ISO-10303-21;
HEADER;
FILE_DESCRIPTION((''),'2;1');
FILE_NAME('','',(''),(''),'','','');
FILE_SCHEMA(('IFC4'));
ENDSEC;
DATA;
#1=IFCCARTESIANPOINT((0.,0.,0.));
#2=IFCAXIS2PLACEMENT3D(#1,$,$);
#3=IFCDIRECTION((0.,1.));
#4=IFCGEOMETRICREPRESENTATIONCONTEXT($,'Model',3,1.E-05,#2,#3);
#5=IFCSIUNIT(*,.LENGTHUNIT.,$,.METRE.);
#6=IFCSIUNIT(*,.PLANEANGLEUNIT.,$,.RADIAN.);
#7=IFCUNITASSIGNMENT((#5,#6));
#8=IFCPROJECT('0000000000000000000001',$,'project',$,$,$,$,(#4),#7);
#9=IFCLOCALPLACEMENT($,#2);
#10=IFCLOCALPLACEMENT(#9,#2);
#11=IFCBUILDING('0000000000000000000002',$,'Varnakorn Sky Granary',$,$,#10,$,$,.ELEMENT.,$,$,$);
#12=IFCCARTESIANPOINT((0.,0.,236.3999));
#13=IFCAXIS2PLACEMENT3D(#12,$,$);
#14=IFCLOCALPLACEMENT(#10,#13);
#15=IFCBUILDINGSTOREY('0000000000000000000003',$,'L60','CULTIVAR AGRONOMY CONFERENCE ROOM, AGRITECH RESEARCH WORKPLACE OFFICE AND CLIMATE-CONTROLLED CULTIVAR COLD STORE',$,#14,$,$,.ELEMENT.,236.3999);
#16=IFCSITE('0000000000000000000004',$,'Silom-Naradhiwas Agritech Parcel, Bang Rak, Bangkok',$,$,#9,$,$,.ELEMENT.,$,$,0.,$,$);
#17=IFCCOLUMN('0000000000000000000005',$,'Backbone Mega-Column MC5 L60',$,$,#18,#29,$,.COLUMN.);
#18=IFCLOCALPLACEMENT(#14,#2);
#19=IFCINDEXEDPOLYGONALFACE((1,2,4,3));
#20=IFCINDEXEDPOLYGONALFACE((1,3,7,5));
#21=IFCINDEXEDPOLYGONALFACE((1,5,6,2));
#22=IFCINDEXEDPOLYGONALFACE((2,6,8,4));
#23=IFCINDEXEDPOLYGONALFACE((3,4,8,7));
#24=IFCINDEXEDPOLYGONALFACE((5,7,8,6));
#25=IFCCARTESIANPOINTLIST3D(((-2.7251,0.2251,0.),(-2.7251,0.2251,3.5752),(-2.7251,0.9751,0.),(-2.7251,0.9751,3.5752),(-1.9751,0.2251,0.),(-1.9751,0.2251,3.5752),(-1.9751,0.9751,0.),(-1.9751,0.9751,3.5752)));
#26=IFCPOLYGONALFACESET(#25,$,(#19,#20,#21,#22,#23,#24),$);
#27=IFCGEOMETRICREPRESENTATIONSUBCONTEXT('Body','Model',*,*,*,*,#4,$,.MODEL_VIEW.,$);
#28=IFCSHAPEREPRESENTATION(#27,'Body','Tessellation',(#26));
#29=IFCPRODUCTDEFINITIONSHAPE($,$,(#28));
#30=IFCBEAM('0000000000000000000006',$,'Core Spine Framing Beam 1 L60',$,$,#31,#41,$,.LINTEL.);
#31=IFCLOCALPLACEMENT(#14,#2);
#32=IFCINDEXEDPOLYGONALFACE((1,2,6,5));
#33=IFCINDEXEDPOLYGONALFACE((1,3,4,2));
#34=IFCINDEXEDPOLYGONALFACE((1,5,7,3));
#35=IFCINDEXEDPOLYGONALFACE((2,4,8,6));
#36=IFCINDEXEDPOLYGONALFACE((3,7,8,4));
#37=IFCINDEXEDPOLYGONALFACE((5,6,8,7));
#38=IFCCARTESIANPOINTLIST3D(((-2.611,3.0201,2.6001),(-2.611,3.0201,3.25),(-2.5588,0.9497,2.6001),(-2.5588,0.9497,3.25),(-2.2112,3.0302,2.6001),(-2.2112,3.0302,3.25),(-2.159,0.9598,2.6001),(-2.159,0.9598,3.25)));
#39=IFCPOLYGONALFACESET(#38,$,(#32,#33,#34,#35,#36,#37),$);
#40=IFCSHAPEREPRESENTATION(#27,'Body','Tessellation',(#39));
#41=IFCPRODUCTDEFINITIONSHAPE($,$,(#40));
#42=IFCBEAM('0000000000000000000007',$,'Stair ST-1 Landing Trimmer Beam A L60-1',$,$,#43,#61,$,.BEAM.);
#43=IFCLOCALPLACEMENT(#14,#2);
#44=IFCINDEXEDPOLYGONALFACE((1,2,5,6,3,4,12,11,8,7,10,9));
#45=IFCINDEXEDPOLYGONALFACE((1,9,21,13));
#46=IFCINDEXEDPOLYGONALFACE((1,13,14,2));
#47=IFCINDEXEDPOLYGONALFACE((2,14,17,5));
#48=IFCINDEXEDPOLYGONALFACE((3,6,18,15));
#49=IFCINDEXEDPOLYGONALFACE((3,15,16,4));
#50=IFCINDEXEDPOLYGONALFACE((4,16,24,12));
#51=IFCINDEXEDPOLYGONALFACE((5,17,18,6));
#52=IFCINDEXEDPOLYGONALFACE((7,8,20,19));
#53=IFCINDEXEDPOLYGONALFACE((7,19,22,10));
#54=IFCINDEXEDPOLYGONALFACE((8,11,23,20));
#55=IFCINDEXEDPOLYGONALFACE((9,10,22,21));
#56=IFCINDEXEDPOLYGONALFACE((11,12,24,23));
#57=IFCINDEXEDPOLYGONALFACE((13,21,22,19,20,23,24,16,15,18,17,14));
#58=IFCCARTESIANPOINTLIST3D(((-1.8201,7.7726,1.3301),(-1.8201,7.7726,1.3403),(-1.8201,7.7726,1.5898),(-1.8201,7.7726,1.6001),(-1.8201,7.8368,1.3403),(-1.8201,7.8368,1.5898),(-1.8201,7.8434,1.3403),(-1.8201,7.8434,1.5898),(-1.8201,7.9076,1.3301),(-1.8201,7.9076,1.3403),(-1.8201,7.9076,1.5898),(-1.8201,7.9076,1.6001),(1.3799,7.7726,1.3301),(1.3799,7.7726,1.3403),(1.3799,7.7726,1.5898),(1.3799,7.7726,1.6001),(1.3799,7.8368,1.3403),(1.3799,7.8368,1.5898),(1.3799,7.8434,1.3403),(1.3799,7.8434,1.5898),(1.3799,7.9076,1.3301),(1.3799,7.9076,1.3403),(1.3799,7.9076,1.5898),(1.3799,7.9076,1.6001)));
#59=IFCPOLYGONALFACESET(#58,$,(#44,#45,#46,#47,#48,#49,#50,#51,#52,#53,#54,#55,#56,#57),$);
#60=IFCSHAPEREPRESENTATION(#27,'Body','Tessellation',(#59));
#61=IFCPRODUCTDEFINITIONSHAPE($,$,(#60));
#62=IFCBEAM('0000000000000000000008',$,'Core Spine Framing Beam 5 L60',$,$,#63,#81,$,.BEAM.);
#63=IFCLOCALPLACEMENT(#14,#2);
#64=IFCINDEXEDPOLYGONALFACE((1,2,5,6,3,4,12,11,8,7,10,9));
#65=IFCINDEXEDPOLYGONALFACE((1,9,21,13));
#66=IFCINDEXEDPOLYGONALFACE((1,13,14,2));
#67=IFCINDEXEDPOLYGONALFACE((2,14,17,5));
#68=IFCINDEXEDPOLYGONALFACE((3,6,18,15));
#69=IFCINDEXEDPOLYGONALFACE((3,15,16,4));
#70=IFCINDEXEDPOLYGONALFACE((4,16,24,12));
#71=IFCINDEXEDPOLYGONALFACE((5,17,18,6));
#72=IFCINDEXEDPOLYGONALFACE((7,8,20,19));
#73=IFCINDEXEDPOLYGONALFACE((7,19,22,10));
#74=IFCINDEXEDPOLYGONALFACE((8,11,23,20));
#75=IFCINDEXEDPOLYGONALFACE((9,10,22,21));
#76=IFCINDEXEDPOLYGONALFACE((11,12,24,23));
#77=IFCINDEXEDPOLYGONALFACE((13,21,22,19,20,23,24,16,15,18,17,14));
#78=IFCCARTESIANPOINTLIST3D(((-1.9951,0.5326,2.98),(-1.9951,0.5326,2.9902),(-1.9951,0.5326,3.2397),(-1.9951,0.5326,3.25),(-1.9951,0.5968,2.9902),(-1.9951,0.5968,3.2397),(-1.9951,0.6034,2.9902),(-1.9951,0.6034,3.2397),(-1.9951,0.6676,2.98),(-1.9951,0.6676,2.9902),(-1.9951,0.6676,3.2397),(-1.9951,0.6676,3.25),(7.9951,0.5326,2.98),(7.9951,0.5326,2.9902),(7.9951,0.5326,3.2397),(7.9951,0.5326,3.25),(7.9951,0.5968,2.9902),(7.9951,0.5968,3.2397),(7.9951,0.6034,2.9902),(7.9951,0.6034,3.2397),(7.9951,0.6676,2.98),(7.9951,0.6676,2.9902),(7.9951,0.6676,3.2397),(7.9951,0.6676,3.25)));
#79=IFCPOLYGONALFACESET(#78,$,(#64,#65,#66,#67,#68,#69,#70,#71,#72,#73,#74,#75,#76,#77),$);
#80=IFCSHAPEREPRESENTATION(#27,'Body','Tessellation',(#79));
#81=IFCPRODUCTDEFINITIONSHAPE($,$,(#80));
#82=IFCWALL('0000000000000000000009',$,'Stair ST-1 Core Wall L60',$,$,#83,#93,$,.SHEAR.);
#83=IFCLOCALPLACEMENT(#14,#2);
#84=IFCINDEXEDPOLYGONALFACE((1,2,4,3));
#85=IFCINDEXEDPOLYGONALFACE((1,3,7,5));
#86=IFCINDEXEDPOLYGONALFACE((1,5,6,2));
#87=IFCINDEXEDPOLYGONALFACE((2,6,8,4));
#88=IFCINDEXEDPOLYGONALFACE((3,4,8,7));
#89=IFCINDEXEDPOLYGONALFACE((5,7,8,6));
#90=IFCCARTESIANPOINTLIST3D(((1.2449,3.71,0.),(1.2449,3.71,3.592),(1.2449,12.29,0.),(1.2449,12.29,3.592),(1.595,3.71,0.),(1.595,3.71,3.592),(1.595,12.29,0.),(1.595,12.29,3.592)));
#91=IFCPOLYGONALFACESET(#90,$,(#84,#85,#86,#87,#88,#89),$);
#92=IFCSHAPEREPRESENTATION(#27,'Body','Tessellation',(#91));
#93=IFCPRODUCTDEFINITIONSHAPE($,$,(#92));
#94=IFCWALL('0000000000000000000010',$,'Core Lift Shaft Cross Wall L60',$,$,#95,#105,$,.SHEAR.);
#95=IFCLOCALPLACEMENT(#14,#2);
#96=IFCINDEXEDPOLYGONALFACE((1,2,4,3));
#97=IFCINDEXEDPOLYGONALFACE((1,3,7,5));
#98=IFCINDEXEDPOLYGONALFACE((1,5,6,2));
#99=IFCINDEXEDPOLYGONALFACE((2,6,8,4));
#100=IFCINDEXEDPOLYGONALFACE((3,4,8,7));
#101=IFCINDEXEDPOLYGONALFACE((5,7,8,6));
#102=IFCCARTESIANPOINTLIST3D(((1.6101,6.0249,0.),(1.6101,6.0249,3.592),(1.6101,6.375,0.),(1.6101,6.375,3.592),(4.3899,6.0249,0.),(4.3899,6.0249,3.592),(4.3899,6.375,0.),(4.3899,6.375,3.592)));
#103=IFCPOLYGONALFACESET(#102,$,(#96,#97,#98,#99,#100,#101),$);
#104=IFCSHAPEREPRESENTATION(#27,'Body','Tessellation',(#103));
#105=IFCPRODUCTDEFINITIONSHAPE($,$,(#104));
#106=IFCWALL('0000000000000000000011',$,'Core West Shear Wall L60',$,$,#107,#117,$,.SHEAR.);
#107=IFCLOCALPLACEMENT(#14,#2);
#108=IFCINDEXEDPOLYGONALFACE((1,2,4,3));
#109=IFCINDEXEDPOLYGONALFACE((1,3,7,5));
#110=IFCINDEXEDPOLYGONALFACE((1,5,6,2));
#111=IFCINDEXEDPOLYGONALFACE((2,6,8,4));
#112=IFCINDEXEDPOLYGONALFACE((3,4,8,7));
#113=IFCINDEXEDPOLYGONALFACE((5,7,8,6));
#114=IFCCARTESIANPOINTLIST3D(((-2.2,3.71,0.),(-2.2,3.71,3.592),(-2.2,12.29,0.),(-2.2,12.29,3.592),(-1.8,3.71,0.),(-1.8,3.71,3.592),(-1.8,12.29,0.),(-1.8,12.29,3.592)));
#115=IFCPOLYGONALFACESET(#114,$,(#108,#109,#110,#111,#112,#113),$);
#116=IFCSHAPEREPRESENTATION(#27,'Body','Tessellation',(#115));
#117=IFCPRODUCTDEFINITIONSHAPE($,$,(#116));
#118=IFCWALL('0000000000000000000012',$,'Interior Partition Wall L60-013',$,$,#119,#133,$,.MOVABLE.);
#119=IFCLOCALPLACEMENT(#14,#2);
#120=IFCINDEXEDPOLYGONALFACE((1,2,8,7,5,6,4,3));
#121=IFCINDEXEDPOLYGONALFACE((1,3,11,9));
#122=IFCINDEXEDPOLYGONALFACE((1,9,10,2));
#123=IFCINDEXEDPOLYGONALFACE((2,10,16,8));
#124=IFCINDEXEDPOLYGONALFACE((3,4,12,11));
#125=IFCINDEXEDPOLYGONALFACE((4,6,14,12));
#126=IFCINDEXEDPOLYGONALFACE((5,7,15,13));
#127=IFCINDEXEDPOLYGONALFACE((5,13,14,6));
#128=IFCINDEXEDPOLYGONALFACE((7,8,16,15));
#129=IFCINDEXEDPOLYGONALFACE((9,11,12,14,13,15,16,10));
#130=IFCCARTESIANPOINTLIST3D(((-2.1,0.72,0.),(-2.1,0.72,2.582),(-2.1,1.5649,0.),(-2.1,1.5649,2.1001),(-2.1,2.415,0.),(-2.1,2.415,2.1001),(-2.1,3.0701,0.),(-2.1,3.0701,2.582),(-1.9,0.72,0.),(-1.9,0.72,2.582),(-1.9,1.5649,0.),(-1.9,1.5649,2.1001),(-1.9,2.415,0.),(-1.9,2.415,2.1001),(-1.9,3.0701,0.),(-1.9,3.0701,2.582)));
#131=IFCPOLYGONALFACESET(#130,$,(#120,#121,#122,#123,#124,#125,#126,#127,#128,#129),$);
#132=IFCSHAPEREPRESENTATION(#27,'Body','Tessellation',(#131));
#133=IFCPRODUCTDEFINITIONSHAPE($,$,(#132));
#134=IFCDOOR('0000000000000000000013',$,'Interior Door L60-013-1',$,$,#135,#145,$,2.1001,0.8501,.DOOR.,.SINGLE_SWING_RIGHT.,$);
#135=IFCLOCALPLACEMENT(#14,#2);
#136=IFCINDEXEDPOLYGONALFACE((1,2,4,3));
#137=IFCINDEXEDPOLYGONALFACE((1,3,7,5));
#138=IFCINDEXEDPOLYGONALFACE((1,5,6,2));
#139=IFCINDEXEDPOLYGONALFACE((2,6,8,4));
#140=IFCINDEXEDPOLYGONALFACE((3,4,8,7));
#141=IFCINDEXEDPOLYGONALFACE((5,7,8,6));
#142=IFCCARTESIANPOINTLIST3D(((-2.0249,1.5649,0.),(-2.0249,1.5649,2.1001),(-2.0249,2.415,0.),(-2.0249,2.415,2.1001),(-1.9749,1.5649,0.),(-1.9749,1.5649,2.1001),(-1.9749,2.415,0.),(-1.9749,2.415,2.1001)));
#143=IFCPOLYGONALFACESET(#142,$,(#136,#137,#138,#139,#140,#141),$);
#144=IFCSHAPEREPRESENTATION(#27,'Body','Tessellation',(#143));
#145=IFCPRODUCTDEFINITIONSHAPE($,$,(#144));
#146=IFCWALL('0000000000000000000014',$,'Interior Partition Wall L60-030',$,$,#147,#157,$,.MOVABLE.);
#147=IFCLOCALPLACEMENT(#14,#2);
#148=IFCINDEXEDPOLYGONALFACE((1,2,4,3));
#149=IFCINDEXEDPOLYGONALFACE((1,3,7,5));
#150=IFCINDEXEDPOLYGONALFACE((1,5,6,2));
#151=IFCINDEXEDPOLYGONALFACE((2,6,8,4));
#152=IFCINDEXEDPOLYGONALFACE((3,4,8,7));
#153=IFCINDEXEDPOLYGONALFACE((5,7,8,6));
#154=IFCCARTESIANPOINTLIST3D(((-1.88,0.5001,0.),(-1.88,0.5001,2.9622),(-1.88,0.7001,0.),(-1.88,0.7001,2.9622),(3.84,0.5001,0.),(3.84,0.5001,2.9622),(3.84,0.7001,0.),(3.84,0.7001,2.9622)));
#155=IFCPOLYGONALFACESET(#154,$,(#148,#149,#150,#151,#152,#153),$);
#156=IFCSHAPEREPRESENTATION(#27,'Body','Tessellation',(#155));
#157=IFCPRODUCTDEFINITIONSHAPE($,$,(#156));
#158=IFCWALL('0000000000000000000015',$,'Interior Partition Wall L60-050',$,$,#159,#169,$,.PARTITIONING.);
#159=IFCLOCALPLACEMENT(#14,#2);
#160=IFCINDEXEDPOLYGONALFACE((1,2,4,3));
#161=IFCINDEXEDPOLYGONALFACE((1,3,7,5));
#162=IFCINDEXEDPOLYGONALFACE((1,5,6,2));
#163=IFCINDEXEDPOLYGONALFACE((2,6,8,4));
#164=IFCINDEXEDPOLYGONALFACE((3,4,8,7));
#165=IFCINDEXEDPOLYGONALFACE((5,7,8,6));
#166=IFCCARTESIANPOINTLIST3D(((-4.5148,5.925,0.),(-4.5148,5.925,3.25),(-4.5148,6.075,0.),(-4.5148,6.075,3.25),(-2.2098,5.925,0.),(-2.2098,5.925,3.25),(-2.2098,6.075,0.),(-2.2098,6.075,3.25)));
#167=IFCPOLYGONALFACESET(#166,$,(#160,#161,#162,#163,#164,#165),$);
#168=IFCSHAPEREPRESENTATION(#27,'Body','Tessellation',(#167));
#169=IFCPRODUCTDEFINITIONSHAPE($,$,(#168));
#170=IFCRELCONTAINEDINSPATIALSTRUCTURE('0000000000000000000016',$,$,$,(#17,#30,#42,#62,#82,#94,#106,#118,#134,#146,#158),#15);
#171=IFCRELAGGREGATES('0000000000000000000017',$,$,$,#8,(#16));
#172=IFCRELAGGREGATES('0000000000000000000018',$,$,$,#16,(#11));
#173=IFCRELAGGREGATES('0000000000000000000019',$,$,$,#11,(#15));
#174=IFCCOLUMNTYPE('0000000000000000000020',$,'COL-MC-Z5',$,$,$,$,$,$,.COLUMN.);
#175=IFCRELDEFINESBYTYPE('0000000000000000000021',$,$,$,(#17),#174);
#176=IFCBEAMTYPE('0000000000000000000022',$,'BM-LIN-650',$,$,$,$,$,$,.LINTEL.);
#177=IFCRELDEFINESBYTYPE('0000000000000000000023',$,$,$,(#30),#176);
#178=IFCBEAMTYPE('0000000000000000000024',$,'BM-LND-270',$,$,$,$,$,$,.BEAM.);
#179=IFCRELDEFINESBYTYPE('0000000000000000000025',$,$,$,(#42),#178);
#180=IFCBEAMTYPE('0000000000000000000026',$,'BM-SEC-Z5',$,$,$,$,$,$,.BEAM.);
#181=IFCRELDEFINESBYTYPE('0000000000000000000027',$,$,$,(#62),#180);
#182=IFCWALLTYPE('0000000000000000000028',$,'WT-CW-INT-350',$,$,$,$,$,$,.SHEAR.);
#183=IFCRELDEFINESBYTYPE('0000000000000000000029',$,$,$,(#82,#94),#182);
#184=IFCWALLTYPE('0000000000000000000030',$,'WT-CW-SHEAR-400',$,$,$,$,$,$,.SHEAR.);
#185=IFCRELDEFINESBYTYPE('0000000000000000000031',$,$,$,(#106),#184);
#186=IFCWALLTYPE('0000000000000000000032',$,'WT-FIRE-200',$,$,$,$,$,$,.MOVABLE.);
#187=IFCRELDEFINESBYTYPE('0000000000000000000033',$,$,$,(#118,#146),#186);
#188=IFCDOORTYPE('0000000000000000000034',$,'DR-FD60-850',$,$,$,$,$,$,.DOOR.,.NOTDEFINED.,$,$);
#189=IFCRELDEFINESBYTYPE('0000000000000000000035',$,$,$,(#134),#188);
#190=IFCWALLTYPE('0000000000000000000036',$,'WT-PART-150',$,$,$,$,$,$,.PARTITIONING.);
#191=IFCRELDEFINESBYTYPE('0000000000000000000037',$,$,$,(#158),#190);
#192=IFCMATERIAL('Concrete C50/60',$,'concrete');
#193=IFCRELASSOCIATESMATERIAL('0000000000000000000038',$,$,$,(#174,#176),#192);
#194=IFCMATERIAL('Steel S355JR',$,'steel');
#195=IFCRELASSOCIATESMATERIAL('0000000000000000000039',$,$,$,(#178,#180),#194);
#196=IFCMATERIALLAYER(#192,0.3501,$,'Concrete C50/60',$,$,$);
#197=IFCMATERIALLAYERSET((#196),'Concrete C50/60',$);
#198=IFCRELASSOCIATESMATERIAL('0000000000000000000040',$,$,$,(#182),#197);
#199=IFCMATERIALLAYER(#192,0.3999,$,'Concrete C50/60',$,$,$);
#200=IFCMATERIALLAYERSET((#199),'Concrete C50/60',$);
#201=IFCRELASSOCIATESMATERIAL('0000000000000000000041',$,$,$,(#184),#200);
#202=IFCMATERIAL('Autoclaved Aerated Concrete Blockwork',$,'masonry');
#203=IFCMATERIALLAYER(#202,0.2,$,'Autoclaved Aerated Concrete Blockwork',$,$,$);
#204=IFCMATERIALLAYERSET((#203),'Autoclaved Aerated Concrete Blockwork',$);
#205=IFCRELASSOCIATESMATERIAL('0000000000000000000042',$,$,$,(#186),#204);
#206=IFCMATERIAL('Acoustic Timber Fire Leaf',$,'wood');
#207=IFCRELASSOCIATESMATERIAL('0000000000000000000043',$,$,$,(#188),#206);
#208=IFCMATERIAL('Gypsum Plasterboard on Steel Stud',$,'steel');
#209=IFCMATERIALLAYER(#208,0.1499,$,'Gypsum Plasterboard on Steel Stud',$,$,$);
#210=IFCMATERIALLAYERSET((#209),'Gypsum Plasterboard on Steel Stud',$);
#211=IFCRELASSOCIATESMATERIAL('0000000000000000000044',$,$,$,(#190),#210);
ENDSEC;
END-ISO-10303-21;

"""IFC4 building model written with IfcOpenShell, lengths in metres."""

from ifc_helpers import new_model, si_unit, direction, frame, frame_2d, origin, origin_2d, place, context, subcontext, project, spatial, rectangle, i_section, extrude, material, layer, layer_set, material_profile, profile_set, type_object, element, fill, save


model = new_model("IFC4")

# Units and contexts
model_context = context("Model", 3, precision=1e-05, world=origin(), true_north=direction((0.0, 1.0)))
body_context = subcontext(model_context, "Body", "Model", "MODEL_VIEW")
ifc_project = project(units=[si_unit("LENGTHUNIT", "METRE"), si_unit("PLANEANGLEUNIT", "RADIAN")], contexts=[model_context])

# Site, building, storey
site_placement = place(None, origin())
site = spatial("IfcSite", under=ifc_project, at=site_placement, Name="Silom-Naradhiwas Agritech Parcel, Bang Rak, Bangkok", CompositionType="ELEMENT", RefElevation=0.0)
building_placement = place(site_placement, origin())
building = spatial("IfcBuilding", under=site, at=building_placement, Name="Varnakorn Sky Granary", CompositionType="ELEMENT")
storey_placement = place(building_placement, frame((0.0, 0.0, 236.3999)))
storey = spatial("IfcBuildingStorey", under=building, at=storey_placement, Name="L60", Description="CULTIVAR AGRONOMY CONFERENCE ROOM, AGRITECH RESEARCH WORKPLACE OFFICE AND CLIMATE-CONTROLLED CULTIVAR COLD STORE", CompositionType="ELEMENT", Elevation=236.3999)

# Column
ifc_material_1 = material(Name="Concrete C50/60", Category="concrete")
ifc_material_profile_1 = material_profile(ifc_material_1, rectangle(XDim=0.75, YDim=0.75, at=origin_2d()), Name="RC 750x750")
ifc_profile_set_1 = profile_set([ifc_material_profile_1], Name="Concrete C50/60")
column_type = type_object("IfcColumnType", Name="COL-MC-Z5", PredefinedType="COLUMN", material=ifc_profile_set_1)
column_placement = place(storey_placement, frame((-2.3501, 0.6001, 0.0), z_axis=(0.0, 0.0, 1.0), x_axis=(1.0, 0.0, 0.0)))
element("IfcColumn", 1, at=column_placement, inside=storey, type_object=column_type, Name="Backbone Mega-Column MC5 L60", PredefinedType="COLUMN", context=body_context, shape_type="SweptSolid", body=[
    extrude(rectangle(XDim=0.75, YDim=0.75, at=origin_2d()), origin(), (0.0, 0.0, 1.0), 3.5752),
])

# Beams
ifc_material_profile_2 = material_profile(ifc_material_1, rectangle(XDim=0.3999, YDim=0.6499, at=origin_2d()), Name="RC 400x650")
ifc_profile_set_2 = profile_set([ifc_material_profile_2], Name="Concrete C50/60")
beam_type_1 = type_object("IfcBeamType", Name="BM-LIN-650", PredefinedType="LINTEL", material=ifc_profile_set_2)
beam_1_placement = place(storey_placement, frame((-2.4111, 3.0251, 2.925), z_axis=(0.025228, -0.999682, 0.0), x_axis=(0.999682, 0.025228, 0.0)))
element("IfcBeam", 2, at=beam_1_placement, inside=storey, type_object=beam_type_1, Name="Core Spine Framing Beam 1 L60", PredefinedType="LINTEL", context=body_context, shape_type="SweptSolid", body=[
    extrude(rectangle(XDim=0.3999, YDim=0.6499, at=origin_2d()), origin(), (0.0, 0.0, 1.0), 2.071),
])
ifc_material_2 = material(Name="Steel S355JR", Category="steel")
ifc_material_profile_3 = material_profile(ifc_material_2, i_section(OverallWidth=0.135, OverallDepth=0.27, WebThickness=0.0066, FlangeThickness=0.0103, at=origin_2d()), Name="IPE 270")
ifc_profile_set_3 = profile_set([ifc_material_profile_3], Name="Steel S355JR")
beam_type_2 = type_object("IfcBeamType", Name="BM-LND-270", PredefinedType="BEAM", material=ifc_profile_set_3)
beam_2_placement = place(storey_placement, frame((-1.8201, 7.8401, 1.4651), z_axis=(1.0, 0.0, 0.0), x_axis=(0.0, 1.0, 0.0)))
element("IfcBeam", 3, at=beam_2_placement, inside=storey, type_object=beam_type_2, Name="Stair ST-1 Landing Trimmer Beam A L60-1", PredefinedType="BEAM", context=body_context, shape_type="SweptSolid", body=[
    extrude(i_section(OverallWidth=0.135, OverallDepth=0.27, WebThickness=0.0066, FlangeThickness=0.0103, at=origin_2d()), origin(), (0.0, 0.0, 1.0), 3.2),
])
ifc_material_profile_4 = material_profile(ifc_material_2, i_section(OverallWidth=0.135, OverallDepth=0.27, WebThickness=0.0066, FlangeThickness=0.0103, at=origin_2d()), Name="IPE 270")
ifc_profile_set_4 = profile_set([ifc_material_profile_4], Name="Steel S355JR")
beam_type_3 = type_object("IfcBeamType", Name="BM-SEC-Z5", PredefinedType="BEAM", material=ifc_profile_set_4)
beam_3_placement = place(storey_placement, frame((-1.9951, 0.6001, 3.115), z_axis=(1.0, 0.0, 0.0), x_axis=(0.0, 1.0, 0.0)))
element("IfcBeam", 4, at=beam_3_placement, inside=storey, type_object=beam_type_3, Name="Core Spine Framing Beam 5 L60", PredefinedType="BEAM", context=body_context, shape_type="SweptSolid", body=[
    extrude(i_section(OverallWidth=0.135, OverallDepth=0.27, WebThickness=0.0066, FlangeThickness=0.0103, at=origin_2d()), origin(), (0.0, 0.0, 1.0), 9.9902),
])

# Walls
ifc_layer_1 = layer(ifc_material_1, 0.3501, Name="Concrete C50/60")
ifc_layer_set_1 = layer_set([ifc_layer_1], Name="Concrete C50/60")
wall_type_1 = type_object("IfcWallType", Name="WT-CW-INT-350", PredefinedType="SHEAR", material=ifc_layer_set_1)
wall_1_placement = place(storey_placement, frame((1.4199, 3.71, 0.0), z_axis=(0.0, 0.0, 1.0), x_axis=(0.0, 1.0, 0.0)))
element("IfcWall", 5, at=wall_1_placement, inside=storey, type_object=wall_type_1, Name="Stair ST-1 Core Wall L60", PredefinedType="SHEAR", context=body_context, shape_type="SweptSolid", body=[
    extrude(rectangle(XDim=8.5801, YDim=0.3501, at=frame_2d((4.29, 0.0))), origin(), (0.0, 0.0, 1.0), 3.592),
])
wall_2_placement = place(storey_placement, frame((1.6101, 6.2, 0.0), z_axis=(0.0, 0.0, 1.0), x_axis=(1.0, 0.0, 0.0)))
element("IfcWall", 6, at=wall_2_placement, inside=storey, type_object=wall_type_1, Name="Core Lift Shaft Cross Wall L60", PredefinedType="SHEAR", context=body_context, shape_type="SweptSolid", body=[
    extrude(rectangle(XDim=2.7798, YDim=0.3501, at=frame_2d((1.3899, 0.0))), origin(), (0.0, 0.0, 1.0), 3.592),
])

# Shared definitions
ifc_layer_2 = layer(ifc_material_1, 0.3999, Name="Concrete C50/60")
ifc_layer_set_2 = layer_set([ifc_layer_2], Name="Concrete C50/60")
wall_type_2 = type_object("IfcWallType", Name="WT-CW-SHEAR-400", PredefinedType="SHEAR", material=ifc_layer_set_2)

# Wall
wall_3_placement = place(storey_placement, frame((-2.0, 3.71, 0.0), z_axis=(0.0, 0.0, 1.0), x_axis=(0.0, 1.0, 0.0)))
element("IfcWall", 7, at=wall_3_placement, inside=storey, type_object=wall_type_2, Name="Core West Shear Wall L60", PredefinedType="SHEAR", context=body_context, shape_type="SweptSolid", body=[
    extrude(rectangle(XDim=8.5801, YDim=0.3999, at=frame_2d((4.29, 0.0))), origin(), (0.0, 0.0, 1.0), 3.592),
])

# Wall, opening, door
ifc_material_3 = material(Name="Autoclaved Aerated Concrete Blockwork", Category="masonry")
ifc_layer_3 = layer(ifc_material_3, 0.2, Name="Autoclaved Aerated Concrete Blockwork")
ifc_layer_set_3 = layer_set([ifc_layer_3], Name="Autoclaved Aerated Concrete Blockwork")
wall_type_3 = type_object("IfcWallType", Name="WT-FIRE-200", PredefinedType="MOVABLE", material=ifc_layer_set_3)
wall_4_placement = place(storey_placement, frame((-2.0, 0.72, 0.0), z_axis=(0.0, 0.0, 1.0), x_axis=(0.0, 1.0, 0.0)))
wall_4 = element("IfcWall", 8, at=wall_4_placement, inside=storey, type_object=wall_type_3, Name="Interior Partition Wall L60-013", PredefinedType="MOVABLE", context=body_context, shape_type="SweptSolid", body=[
    extrude(rectangle(XDim=2.3501, YDim=0.2, at=frame_2d((1.175, 0.0))), origin(), (0.0, 0.0, 1.0), 2.582),
])
opening_1_placement = place(wall_4_placement, frame((0.845, 0.0, 0.0)))
opening_1 = element("IfcOpeningElement", 9, at=opening_1_placement, cuts=wall_4, PredefinedType="OPENING", context=body_context, shape_type="SweptSolid", body=[
    extrude(rectangle(XDim=0.8501, YDim=2.1001, at=frame_2d((0.425, 1.05))), frame((0.0, 0.1099, 0.0), z_axis=(0.0, -1.0, 0.0), x_axis=(1.0, 0.0, 0.0)), (0.0, 0.0, 1.0), 0.22),
])
ifc_material_4 = material(Name="Acoustic Timber Fire Leaf", Category="wood")
door_type_1 = type_object("IfcDoorType", Name="DR-FD60-850", OperationType="NOTDEFINED", PredefinedType="DOOR", material=ifc_material_4)
door_1_placement = place(opening_1_placement, origin())
door_1 = element("IfcDoor", 10, at=door_1_placement, inside=storey, type_object=door_type_1, Name="Interior Door L60-013-1", OperationType="SINGLE_SWING_RIGHT", OverallHeight=2.1001, OverallWidth=0.8501, PredefinedType="DOOR", context=body_context, shape_type="SweptSolid", body=[
    extrude(rectangle(XDim=0.8501, YDim=2.1001, at=frame_2d((0.425, 1.05))), frame((0.0, 0.0249, 0.0), z_axis=(0.0, -1.0, 0.0), x_axis=(1.0, 0.0, 0.0)), (0.0, 0.0, 1.0), 0.05),
])
fill(opening_1, door_1)

# Walls
wall_5_placement = place(storey_placement, frame((-1.8799, 0.6001, 0.0), z_axis=(0.0, 0.0, 1.0), x_axis=(1.0, 0.0, 0.0)))
element("IfcWall", 11, at=wall_5_placement, inside=storey, type_object=wall_type_3, Name="Interior Partition Wall L60-030", PredefinedType="MOVABLE", context=body_context, shape_type="SweptSolid", body=[
    extrude(rectangle(XDim=5.72, YDim=0.2, at=frame_2d((2.8599, 0.0))), origin(), (0.0, 0.0, 1.0), 2.9622),
])
ifc_material_5 = material(Name="Gypsum Plasterboard on Steel Stud", Category="steel")
ifc_layer_4 = layer(ifc_material_5, 0.1499, Name="Gypsum Plasterboard on Steel Stud")
ifc_layer_set_4 = layer_set([ifc_layer_4], Name="Gypsum Plasterboard on Steel Stud")
wall_type_4 = type_object("IfcWallType", Name="WT-PART-150", PredefinedType="PARTITIONING", material=ifc_layer_set_4)
wall_6_placement = place(storey_placement, frame((-2.21, 6.0, 0.0), z_axis=(0.0, 0.0, 1.0), x_axis=(-1.0, 0.0, 0.0)))
element("IfcWall", 12, at=wall_6_placement, inside=storey, type_object=wall_type_4, Name="Interior Partition Wall L60-050", PredefinedType="PARTITIONING", context=body_context, shape_type="SweptSolid", body=[
    extrude(rectangle(XDim=2.3049, YDim=0.1499, at=frame_2d((1.1523, 0.0))), origin(), (0.0, 0.0, 1.0), 3.25),
])

save(model, "model.ifc")
